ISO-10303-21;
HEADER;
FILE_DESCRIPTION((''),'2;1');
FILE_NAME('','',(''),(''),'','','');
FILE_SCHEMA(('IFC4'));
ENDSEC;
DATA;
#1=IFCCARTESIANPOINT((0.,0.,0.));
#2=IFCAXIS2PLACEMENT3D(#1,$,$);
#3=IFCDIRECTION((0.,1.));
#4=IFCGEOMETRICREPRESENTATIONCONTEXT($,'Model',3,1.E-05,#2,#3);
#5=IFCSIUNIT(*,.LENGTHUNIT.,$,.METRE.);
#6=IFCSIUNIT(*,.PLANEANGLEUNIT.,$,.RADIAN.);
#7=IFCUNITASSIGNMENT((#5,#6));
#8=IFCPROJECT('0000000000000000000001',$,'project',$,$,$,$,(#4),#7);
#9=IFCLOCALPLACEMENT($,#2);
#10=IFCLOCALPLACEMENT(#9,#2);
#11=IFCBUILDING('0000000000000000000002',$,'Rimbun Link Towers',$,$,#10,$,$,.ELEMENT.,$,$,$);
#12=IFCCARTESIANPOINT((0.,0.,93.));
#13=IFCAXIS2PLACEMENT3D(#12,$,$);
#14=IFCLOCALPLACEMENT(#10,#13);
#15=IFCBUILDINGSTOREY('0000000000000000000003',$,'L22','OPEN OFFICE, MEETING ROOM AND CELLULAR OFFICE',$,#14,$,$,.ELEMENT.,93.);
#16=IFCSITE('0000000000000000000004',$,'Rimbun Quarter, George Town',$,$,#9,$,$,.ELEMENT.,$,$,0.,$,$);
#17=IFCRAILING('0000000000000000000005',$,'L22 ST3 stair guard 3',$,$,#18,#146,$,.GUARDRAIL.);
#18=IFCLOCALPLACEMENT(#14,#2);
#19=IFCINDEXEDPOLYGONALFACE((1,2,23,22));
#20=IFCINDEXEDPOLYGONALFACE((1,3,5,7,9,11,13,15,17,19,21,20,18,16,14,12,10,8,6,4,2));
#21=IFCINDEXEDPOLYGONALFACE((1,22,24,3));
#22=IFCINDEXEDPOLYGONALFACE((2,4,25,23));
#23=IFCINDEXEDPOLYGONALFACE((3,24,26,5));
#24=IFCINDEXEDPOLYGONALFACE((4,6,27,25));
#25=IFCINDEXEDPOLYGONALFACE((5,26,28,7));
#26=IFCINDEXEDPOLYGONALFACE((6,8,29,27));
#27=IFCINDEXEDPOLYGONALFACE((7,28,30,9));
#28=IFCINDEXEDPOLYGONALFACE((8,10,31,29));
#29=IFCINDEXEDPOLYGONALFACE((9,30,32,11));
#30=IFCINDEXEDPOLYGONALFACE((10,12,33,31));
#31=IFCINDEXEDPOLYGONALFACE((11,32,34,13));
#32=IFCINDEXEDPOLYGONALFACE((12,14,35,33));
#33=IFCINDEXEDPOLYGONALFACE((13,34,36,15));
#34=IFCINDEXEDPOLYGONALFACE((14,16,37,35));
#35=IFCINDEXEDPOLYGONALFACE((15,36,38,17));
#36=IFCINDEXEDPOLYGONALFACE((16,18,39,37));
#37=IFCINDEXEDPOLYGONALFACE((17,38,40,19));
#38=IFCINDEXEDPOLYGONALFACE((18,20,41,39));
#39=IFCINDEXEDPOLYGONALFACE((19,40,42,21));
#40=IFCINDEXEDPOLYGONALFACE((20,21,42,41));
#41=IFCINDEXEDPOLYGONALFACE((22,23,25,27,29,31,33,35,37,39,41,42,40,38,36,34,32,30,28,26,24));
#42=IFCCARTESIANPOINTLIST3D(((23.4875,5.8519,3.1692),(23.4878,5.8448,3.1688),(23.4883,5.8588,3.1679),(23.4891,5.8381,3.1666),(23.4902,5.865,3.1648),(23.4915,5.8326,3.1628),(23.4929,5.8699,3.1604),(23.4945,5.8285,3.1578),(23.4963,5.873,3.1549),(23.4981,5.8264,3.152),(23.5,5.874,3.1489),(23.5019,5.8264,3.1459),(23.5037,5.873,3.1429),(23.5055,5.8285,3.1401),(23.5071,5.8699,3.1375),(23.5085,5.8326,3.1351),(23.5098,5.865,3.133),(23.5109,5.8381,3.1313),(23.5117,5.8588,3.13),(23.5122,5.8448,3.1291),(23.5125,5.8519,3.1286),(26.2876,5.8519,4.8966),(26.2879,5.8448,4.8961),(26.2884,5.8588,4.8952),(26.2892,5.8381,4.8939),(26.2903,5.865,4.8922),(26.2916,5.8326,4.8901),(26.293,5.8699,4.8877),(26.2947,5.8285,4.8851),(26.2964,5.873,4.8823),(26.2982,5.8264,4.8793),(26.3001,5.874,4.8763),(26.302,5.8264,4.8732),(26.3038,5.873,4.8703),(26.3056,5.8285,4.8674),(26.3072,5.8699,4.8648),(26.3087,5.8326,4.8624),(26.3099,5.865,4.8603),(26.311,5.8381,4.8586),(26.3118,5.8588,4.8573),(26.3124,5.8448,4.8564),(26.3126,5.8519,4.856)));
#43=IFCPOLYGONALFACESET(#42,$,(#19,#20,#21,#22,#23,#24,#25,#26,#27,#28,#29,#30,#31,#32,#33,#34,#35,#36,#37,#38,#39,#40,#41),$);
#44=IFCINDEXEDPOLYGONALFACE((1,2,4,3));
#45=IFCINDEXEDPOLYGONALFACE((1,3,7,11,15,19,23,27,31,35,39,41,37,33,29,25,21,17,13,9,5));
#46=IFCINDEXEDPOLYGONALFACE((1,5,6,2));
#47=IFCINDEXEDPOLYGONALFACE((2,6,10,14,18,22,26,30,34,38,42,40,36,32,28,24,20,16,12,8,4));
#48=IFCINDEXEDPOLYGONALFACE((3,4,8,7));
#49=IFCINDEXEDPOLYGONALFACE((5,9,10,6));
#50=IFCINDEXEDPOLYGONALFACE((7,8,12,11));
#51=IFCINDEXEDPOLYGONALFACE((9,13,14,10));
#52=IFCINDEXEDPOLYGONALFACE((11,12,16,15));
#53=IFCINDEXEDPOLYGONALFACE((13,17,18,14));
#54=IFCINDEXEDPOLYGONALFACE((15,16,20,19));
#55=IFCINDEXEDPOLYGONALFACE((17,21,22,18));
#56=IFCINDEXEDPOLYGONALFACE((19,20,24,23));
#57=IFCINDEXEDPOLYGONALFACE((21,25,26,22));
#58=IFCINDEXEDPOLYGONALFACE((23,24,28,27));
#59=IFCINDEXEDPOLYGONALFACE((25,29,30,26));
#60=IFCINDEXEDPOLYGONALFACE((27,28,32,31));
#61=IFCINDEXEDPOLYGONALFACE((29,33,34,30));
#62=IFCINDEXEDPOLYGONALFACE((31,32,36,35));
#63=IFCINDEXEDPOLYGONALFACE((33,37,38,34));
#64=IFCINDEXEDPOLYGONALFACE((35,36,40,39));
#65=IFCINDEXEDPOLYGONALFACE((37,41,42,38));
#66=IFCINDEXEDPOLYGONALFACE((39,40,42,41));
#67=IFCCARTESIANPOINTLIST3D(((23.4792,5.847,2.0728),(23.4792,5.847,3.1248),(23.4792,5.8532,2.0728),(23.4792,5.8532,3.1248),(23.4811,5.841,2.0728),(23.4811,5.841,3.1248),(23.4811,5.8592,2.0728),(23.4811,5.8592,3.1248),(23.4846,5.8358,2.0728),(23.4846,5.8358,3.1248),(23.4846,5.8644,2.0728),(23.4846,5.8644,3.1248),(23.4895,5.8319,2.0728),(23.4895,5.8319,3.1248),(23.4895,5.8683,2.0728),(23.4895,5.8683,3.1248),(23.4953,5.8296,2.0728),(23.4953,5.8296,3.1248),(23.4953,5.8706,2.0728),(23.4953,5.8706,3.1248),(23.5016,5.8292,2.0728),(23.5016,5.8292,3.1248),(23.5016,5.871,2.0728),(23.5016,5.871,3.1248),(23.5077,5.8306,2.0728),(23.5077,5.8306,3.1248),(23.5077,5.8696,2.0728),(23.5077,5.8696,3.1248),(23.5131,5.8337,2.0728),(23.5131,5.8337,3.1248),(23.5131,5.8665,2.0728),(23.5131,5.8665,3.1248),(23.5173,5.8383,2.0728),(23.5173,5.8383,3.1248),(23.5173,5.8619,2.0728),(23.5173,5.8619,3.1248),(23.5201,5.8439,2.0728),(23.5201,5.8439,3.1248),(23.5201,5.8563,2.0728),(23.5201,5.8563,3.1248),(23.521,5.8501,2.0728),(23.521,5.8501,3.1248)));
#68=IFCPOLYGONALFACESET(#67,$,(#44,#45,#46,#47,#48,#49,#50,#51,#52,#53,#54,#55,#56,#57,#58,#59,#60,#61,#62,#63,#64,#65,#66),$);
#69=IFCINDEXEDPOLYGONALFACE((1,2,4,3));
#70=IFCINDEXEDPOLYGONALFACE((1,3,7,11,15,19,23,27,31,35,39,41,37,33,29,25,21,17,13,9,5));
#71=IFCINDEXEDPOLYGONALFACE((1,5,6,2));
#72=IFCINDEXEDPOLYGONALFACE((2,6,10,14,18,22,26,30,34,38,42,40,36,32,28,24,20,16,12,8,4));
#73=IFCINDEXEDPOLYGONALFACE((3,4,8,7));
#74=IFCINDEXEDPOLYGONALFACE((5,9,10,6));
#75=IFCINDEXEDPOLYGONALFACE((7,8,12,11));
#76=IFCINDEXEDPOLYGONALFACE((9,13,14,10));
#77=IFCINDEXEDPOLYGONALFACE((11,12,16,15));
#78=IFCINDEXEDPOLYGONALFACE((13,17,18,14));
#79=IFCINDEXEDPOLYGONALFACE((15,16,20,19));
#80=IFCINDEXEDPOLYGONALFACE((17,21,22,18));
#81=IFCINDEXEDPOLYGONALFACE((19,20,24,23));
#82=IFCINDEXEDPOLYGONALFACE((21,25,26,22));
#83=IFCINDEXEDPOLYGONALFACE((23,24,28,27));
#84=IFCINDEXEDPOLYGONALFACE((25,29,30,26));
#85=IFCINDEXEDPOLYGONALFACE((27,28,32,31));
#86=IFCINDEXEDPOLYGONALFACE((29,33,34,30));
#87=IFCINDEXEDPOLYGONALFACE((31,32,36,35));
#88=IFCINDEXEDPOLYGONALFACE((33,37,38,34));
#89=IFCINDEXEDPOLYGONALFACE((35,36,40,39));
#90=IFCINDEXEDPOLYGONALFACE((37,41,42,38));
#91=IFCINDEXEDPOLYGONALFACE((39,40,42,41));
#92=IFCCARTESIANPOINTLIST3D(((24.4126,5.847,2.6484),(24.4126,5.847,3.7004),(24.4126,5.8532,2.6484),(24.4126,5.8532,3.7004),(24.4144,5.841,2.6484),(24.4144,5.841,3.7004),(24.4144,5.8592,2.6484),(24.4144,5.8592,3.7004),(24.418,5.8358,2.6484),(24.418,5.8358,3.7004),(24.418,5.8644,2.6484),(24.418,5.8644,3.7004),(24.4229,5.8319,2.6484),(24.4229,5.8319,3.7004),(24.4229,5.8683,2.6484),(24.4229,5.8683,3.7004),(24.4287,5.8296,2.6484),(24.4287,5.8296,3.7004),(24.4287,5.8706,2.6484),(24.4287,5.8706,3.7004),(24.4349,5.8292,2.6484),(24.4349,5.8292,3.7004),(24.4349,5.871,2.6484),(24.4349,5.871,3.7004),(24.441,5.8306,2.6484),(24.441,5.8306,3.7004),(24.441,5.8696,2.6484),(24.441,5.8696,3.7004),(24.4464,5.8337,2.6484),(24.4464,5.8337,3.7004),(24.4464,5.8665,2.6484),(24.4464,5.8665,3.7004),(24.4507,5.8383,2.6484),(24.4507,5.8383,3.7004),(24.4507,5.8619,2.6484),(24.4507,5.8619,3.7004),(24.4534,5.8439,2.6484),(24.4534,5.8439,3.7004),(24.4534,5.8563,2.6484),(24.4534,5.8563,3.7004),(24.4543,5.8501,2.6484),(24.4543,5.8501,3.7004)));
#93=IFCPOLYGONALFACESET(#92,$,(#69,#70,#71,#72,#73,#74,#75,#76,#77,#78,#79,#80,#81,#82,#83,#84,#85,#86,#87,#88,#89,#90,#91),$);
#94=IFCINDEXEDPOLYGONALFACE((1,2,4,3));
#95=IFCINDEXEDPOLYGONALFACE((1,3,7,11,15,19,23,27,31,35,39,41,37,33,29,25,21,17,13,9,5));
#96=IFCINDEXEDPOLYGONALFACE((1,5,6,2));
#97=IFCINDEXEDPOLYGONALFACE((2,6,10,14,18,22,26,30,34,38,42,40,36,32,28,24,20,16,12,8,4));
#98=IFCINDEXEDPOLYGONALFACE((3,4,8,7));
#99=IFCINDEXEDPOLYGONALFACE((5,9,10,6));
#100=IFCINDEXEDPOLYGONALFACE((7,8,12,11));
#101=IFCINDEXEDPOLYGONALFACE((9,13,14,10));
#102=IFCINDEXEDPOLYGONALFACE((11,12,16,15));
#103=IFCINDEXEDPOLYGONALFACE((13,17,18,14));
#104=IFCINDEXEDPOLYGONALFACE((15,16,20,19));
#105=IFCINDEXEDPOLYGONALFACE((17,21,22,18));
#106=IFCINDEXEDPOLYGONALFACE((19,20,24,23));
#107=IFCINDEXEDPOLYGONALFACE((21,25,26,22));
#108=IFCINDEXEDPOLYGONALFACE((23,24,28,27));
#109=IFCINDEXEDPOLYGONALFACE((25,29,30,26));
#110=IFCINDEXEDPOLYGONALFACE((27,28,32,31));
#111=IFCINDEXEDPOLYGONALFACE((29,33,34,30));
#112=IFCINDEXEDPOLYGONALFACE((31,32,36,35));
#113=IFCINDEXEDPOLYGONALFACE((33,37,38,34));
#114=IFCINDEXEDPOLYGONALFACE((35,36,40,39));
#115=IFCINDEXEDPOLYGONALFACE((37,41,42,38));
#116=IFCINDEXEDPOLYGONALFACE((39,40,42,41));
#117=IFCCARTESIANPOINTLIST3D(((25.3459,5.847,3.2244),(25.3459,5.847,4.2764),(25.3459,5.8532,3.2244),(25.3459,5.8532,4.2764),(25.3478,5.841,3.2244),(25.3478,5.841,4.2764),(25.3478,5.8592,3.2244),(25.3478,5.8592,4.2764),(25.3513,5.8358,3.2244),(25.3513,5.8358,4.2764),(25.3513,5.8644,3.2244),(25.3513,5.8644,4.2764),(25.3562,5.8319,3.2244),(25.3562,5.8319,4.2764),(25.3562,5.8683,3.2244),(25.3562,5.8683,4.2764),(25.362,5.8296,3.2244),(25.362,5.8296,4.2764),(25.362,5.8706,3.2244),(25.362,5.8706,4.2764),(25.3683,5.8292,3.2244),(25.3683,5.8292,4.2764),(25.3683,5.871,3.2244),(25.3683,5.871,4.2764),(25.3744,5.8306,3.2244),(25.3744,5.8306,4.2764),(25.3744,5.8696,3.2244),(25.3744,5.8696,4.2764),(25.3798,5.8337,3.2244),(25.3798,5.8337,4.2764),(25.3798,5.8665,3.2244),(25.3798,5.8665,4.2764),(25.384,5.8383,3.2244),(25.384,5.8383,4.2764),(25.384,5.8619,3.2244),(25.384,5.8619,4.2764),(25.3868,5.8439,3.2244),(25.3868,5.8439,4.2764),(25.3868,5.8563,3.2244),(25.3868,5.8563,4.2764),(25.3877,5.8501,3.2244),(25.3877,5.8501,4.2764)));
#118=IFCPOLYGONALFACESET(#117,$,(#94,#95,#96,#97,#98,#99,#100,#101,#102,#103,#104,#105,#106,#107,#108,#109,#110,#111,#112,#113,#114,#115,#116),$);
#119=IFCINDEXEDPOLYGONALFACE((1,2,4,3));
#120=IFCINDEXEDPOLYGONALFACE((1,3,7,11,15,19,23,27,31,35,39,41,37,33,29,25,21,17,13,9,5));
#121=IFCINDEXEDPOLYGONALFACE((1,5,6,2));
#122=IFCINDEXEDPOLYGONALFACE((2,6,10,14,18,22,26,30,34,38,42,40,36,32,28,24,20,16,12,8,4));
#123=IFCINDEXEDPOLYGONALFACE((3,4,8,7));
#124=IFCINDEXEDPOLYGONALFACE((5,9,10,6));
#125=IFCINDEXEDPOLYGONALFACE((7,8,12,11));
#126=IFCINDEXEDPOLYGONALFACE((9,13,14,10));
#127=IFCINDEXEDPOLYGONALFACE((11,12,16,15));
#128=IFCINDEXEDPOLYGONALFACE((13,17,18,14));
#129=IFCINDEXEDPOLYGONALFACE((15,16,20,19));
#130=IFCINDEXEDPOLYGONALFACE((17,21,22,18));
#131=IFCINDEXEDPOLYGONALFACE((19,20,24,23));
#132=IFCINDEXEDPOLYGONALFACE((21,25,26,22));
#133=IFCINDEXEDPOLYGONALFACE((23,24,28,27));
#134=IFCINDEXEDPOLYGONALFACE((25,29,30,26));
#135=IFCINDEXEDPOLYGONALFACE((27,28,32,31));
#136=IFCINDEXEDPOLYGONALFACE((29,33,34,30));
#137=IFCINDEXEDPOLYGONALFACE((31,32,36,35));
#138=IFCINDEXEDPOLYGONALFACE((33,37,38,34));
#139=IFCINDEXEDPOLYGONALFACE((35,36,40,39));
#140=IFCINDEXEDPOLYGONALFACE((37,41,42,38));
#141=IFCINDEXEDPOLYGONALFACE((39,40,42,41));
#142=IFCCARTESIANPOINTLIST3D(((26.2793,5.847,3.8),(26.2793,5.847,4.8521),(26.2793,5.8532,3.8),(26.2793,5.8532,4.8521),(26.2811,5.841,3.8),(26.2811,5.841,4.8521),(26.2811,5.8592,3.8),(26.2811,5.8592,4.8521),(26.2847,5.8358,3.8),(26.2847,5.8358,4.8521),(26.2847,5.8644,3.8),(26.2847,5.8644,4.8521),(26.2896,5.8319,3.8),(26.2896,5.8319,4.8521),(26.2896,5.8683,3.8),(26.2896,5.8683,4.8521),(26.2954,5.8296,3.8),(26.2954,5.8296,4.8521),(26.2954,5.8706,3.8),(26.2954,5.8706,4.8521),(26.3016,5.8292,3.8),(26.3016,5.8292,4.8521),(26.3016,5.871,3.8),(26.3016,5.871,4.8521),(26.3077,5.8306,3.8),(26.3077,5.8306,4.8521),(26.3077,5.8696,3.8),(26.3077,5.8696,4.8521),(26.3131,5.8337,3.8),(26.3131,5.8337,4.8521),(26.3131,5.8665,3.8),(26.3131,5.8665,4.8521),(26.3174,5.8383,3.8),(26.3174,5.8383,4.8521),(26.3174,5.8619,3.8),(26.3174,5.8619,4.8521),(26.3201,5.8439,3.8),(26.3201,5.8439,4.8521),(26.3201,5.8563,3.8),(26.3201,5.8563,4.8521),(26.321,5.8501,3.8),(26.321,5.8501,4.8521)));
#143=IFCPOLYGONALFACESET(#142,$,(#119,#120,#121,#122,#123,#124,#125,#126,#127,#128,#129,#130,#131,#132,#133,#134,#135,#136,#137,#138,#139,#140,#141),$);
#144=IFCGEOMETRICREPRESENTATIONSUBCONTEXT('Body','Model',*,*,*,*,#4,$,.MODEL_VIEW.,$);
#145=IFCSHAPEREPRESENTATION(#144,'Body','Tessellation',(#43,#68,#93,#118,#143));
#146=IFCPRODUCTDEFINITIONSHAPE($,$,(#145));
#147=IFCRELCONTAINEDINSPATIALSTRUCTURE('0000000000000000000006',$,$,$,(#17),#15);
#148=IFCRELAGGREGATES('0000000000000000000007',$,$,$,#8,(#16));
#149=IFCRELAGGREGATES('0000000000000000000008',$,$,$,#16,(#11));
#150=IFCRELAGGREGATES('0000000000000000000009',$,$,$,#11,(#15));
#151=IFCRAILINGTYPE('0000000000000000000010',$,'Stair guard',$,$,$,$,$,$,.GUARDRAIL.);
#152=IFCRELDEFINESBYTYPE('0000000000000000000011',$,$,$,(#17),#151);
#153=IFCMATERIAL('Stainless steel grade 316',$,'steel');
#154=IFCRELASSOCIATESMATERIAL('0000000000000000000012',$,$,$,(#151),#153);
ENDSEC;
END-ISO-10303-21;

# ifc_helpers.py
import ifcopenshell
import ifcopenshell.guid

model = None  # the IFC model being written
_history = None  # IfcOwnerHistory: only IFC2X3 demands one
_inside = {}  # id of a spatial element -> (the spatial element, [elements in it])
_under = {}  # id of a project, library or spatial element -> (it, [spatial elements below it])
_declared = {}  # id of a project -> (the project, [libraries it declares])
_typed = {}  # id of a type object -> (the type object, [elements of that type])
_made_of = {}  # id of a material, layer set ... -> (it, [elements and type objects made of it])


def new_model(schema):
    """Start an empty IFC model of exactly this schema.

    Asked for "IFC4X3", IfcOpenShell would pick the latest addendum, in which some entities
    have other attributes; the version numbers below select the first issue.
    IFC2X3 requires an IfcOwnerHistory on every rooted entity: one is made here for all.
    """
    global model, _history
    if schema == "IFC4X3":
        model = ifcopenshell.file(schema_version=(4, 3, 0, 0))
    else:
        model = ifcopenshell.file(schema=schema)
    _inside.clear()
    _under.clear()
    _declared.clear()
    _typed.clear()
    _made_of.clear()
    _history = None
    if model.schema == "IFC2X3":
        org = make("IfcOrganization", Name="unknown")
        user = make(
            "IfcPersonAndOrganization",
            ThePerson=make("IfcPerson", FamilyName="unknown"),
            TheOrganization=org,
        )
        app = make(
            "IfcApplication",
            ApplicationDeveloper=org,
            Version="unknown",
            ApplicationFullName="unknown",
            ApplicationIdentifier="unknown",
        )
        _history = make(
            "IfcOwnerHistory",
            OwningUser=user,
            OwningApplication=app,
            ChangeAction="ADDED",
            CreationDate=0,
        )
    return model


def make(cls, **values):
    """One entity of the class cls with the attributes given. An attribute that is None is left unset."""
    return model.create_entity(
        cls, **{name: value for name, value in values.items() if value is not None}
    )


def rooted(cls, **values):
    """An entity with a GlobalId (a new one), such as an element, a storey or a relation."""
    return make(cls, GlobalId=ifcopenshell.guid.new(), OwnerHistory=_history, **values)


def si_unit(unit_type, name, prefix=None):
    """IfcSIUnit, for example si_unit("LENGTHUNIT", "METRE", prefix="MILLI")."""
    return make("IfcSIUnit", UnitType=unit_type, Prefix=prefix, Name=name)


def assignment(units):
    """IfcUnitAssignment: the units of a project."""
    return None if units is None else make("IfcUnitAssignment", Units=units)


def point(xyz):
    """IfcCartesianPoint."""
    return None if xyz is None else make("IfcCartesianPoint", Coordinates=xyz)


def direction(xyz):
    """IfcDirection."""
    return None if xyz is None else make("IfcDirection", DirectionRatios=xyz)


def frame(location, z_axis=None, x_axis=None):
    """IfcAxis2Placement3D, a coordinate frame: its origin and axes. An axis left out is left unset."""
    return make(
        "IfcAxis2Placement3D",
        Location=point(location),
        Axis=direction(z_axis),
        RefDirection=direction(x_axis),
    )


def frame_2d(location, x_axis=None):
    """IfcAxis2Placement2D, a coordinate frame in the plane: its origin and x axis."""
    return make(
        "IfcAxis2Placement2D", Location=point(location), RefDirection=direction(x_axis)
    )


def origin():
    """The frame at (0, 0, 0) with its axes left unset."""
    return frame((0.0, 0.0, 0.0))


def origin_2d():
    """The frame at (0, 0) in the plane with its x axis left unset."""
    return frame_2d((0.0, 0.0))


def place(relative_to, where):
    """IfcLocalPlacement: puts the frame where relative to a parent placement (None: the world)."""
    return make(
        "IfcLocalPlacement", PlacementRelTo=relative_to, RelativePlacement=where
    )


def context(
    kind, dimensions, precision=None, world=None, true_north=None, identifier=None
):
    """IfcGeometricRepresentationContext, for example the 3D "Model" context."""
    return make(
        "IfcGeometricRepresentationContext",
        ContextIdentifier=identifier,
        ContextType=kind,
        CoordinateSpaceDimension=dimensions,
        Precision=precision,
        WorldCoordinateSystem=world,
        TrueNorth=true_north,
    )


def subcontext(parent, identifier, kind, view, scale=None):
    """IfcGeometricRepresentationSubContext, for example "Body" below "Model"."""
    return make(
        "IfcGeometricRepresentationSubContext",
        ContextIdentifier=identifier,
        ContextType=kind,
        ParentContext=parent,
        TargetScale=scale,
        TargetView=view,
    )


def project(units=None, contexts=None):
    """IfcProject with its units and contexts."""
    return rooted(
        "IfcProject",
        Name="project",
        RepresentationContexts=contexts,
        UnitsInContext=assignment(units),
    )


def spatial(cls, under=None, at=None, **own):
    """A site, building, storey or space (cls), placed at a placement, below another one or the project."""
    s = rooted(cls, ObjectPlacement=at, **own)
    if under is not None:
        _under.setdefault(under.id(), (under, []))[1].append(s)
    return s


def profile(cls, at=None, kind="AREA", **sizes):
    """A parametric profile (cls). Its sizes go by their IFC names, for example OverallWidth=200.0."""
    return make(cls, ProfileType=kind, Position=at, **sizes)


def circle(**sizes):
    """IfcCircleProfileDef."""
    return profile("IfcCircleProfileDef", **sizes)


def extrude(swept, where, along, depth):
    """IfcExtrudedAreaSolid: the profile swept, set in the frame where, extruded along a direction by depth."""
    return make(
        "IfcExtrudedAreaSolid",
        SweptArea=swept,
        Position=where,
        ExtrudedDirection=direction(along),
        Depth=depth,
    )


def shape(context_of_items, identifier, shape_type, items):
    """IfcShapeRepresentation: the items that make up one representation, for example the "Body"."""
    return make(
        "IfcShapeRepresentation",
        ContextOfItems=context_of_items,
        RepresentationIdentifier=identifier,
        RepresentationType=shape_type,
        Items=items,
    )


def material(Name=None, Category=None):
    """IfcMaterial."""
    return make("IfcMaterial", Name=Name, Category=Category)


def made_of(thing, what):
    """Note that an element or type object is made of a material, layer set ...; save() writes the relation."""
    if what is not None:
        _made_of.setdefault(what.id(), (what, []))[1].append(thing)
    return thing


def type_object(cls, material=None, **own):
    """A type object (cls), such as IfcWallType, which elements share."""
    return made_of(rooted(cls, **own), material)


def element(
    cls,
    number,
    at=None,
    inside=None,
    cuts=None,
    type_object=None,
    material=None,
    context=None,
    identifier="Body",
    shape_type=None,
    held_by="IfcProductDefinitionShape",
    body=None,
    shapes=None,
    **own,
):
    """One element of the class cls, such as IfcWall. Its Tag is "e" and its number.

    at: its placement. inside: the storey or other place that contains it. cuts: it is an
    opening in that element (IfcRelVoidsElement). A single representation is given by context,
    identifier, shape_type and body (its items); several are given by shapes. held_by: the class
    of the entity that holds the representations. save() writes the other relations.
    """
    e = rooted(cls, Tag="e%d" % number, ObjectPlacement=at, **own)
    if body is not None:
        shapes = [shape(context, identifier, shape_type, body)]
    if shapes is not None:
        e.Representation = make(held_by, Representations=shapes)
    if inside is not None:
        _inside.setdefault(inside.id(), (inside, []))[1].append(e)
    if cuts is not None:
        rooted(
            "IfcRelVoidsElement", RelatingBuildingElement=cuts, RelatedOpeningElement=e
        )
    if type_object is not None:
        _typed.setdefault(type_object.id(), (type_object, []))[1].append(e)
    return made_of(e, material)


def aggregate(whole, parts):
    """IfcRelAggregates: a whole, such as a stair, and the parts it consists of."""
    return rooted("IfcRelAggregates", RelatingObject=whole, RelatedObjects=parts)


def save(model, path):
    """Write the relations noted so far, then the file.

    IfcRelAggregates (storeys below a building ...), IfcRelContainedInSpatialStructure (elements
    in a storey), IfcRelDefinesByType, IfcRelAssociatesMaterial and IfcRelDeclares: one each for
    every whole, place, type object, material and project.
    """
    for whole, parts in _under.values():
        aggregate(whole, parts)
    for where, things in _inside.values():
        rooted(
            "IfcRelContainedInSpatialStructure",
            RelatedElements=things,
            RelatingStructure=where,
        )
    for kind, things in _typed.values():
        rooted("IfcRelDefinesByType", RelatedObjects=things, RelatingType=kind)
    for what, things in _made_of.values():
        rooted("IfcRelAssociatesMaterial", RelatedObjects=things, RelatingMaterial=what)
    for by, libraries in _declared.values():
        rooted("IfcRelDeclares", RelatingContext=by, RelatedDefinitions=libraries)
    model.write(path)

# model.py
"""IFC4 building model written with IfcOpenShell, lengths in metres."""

from ifc_helpers import new_model, si_unit, direction, frame, origin, origin_2d, place, context, subcontext, project, spatial, circle, extrude, material, type_object, element, save


model = new_model("IFC4")

# Units and contexts
model_context = context("Model", 3, precision=1e-05, world=origin(), true_north=direction((0.0, 1.0)))
body_context = subcontext(model_context, "Body", "Model", "MODEL_VIEW")
ifc_project = project(units=[si_unit("LENGTHUNIT", "METRE"), si_unit("PLANEANGLEUNIT", "RADIAN")], contexts=[model_context])

# Site, building, storey
site_placement = place(None, origin())
site = spatial("IfcSite", under=ifc_project, at=site_placement, Name="Rimbun Quarter, George Town", CompositionType="ELEMENT", RefElevation=0.0)
building_placement = place(site_placement, origin())
building = spatial("IfcBuilding", under=site, at=building_placement, Name="Rimbun Link Towers", CompositionType="ELEMENT")
storey_placement = place(building_placement, frame((0.0, 0.0, 93.0)))
storey = spatial("IfcBuildingStorey", under=building, at=storey_placement, Name="L22", Description="OPEN OFFICE, MEETING ROOM AND CELLULAR OFFICE", CompositionType="ELEMENT", Elevation=93.0)

# Railing
ifc_material_1 = material(Name="Stainless steel grade 316", Category="steel")
railing_type_1 = type_object("IfcRailingType", Name="Stair guard", PredefinedType="GUARDRAIL", material=ifc_material_1)
railing_1_placement = place(storey_placement, frame((23.5, 5.8501, 2.0728)))
element("IfcRailing", 1, at=railing_1_placement, inside=storey, type_object=railing_type_1, Name="L22 ST3 stair guard 3", PredefinedType="GUARDRAIL", context=body_context, shape_type="SweptSolid", body=[
    extrude(circle(Radius=0.0239, at=origin_2d()), frame((0.0, 0.0, 1.0762), z_axis=(0.85109, 0.0, 0.52502), x_axis=(0.0, 1.0, 0.0)), (0.0, 0.0, 1.0), 3.29),
    extrude(circle(Radius=0.021, at=origin_2d()), origin(), (0.0, 0.0, 1.0), 1.052),
    extrude(circle(Radius=0.021, at=origin_2d()), frame((0.9333, 0.0, 0.5757)), (0.0, 0.0, 1.0), 1.052),
    extrude(circle(Radius=0.021, at=origin_2d()), frame((1.8667, 0.0, 1.1516)), (0.0, 0.0, 1.0), 1.052),
    extrude(circle(Radius=0.021, at=origin_2d()), frame((2.8, 0.0, 1.7273)), (0.0, 0.0, 1.0), 1.052),
])

save(model, "model.ifc")
